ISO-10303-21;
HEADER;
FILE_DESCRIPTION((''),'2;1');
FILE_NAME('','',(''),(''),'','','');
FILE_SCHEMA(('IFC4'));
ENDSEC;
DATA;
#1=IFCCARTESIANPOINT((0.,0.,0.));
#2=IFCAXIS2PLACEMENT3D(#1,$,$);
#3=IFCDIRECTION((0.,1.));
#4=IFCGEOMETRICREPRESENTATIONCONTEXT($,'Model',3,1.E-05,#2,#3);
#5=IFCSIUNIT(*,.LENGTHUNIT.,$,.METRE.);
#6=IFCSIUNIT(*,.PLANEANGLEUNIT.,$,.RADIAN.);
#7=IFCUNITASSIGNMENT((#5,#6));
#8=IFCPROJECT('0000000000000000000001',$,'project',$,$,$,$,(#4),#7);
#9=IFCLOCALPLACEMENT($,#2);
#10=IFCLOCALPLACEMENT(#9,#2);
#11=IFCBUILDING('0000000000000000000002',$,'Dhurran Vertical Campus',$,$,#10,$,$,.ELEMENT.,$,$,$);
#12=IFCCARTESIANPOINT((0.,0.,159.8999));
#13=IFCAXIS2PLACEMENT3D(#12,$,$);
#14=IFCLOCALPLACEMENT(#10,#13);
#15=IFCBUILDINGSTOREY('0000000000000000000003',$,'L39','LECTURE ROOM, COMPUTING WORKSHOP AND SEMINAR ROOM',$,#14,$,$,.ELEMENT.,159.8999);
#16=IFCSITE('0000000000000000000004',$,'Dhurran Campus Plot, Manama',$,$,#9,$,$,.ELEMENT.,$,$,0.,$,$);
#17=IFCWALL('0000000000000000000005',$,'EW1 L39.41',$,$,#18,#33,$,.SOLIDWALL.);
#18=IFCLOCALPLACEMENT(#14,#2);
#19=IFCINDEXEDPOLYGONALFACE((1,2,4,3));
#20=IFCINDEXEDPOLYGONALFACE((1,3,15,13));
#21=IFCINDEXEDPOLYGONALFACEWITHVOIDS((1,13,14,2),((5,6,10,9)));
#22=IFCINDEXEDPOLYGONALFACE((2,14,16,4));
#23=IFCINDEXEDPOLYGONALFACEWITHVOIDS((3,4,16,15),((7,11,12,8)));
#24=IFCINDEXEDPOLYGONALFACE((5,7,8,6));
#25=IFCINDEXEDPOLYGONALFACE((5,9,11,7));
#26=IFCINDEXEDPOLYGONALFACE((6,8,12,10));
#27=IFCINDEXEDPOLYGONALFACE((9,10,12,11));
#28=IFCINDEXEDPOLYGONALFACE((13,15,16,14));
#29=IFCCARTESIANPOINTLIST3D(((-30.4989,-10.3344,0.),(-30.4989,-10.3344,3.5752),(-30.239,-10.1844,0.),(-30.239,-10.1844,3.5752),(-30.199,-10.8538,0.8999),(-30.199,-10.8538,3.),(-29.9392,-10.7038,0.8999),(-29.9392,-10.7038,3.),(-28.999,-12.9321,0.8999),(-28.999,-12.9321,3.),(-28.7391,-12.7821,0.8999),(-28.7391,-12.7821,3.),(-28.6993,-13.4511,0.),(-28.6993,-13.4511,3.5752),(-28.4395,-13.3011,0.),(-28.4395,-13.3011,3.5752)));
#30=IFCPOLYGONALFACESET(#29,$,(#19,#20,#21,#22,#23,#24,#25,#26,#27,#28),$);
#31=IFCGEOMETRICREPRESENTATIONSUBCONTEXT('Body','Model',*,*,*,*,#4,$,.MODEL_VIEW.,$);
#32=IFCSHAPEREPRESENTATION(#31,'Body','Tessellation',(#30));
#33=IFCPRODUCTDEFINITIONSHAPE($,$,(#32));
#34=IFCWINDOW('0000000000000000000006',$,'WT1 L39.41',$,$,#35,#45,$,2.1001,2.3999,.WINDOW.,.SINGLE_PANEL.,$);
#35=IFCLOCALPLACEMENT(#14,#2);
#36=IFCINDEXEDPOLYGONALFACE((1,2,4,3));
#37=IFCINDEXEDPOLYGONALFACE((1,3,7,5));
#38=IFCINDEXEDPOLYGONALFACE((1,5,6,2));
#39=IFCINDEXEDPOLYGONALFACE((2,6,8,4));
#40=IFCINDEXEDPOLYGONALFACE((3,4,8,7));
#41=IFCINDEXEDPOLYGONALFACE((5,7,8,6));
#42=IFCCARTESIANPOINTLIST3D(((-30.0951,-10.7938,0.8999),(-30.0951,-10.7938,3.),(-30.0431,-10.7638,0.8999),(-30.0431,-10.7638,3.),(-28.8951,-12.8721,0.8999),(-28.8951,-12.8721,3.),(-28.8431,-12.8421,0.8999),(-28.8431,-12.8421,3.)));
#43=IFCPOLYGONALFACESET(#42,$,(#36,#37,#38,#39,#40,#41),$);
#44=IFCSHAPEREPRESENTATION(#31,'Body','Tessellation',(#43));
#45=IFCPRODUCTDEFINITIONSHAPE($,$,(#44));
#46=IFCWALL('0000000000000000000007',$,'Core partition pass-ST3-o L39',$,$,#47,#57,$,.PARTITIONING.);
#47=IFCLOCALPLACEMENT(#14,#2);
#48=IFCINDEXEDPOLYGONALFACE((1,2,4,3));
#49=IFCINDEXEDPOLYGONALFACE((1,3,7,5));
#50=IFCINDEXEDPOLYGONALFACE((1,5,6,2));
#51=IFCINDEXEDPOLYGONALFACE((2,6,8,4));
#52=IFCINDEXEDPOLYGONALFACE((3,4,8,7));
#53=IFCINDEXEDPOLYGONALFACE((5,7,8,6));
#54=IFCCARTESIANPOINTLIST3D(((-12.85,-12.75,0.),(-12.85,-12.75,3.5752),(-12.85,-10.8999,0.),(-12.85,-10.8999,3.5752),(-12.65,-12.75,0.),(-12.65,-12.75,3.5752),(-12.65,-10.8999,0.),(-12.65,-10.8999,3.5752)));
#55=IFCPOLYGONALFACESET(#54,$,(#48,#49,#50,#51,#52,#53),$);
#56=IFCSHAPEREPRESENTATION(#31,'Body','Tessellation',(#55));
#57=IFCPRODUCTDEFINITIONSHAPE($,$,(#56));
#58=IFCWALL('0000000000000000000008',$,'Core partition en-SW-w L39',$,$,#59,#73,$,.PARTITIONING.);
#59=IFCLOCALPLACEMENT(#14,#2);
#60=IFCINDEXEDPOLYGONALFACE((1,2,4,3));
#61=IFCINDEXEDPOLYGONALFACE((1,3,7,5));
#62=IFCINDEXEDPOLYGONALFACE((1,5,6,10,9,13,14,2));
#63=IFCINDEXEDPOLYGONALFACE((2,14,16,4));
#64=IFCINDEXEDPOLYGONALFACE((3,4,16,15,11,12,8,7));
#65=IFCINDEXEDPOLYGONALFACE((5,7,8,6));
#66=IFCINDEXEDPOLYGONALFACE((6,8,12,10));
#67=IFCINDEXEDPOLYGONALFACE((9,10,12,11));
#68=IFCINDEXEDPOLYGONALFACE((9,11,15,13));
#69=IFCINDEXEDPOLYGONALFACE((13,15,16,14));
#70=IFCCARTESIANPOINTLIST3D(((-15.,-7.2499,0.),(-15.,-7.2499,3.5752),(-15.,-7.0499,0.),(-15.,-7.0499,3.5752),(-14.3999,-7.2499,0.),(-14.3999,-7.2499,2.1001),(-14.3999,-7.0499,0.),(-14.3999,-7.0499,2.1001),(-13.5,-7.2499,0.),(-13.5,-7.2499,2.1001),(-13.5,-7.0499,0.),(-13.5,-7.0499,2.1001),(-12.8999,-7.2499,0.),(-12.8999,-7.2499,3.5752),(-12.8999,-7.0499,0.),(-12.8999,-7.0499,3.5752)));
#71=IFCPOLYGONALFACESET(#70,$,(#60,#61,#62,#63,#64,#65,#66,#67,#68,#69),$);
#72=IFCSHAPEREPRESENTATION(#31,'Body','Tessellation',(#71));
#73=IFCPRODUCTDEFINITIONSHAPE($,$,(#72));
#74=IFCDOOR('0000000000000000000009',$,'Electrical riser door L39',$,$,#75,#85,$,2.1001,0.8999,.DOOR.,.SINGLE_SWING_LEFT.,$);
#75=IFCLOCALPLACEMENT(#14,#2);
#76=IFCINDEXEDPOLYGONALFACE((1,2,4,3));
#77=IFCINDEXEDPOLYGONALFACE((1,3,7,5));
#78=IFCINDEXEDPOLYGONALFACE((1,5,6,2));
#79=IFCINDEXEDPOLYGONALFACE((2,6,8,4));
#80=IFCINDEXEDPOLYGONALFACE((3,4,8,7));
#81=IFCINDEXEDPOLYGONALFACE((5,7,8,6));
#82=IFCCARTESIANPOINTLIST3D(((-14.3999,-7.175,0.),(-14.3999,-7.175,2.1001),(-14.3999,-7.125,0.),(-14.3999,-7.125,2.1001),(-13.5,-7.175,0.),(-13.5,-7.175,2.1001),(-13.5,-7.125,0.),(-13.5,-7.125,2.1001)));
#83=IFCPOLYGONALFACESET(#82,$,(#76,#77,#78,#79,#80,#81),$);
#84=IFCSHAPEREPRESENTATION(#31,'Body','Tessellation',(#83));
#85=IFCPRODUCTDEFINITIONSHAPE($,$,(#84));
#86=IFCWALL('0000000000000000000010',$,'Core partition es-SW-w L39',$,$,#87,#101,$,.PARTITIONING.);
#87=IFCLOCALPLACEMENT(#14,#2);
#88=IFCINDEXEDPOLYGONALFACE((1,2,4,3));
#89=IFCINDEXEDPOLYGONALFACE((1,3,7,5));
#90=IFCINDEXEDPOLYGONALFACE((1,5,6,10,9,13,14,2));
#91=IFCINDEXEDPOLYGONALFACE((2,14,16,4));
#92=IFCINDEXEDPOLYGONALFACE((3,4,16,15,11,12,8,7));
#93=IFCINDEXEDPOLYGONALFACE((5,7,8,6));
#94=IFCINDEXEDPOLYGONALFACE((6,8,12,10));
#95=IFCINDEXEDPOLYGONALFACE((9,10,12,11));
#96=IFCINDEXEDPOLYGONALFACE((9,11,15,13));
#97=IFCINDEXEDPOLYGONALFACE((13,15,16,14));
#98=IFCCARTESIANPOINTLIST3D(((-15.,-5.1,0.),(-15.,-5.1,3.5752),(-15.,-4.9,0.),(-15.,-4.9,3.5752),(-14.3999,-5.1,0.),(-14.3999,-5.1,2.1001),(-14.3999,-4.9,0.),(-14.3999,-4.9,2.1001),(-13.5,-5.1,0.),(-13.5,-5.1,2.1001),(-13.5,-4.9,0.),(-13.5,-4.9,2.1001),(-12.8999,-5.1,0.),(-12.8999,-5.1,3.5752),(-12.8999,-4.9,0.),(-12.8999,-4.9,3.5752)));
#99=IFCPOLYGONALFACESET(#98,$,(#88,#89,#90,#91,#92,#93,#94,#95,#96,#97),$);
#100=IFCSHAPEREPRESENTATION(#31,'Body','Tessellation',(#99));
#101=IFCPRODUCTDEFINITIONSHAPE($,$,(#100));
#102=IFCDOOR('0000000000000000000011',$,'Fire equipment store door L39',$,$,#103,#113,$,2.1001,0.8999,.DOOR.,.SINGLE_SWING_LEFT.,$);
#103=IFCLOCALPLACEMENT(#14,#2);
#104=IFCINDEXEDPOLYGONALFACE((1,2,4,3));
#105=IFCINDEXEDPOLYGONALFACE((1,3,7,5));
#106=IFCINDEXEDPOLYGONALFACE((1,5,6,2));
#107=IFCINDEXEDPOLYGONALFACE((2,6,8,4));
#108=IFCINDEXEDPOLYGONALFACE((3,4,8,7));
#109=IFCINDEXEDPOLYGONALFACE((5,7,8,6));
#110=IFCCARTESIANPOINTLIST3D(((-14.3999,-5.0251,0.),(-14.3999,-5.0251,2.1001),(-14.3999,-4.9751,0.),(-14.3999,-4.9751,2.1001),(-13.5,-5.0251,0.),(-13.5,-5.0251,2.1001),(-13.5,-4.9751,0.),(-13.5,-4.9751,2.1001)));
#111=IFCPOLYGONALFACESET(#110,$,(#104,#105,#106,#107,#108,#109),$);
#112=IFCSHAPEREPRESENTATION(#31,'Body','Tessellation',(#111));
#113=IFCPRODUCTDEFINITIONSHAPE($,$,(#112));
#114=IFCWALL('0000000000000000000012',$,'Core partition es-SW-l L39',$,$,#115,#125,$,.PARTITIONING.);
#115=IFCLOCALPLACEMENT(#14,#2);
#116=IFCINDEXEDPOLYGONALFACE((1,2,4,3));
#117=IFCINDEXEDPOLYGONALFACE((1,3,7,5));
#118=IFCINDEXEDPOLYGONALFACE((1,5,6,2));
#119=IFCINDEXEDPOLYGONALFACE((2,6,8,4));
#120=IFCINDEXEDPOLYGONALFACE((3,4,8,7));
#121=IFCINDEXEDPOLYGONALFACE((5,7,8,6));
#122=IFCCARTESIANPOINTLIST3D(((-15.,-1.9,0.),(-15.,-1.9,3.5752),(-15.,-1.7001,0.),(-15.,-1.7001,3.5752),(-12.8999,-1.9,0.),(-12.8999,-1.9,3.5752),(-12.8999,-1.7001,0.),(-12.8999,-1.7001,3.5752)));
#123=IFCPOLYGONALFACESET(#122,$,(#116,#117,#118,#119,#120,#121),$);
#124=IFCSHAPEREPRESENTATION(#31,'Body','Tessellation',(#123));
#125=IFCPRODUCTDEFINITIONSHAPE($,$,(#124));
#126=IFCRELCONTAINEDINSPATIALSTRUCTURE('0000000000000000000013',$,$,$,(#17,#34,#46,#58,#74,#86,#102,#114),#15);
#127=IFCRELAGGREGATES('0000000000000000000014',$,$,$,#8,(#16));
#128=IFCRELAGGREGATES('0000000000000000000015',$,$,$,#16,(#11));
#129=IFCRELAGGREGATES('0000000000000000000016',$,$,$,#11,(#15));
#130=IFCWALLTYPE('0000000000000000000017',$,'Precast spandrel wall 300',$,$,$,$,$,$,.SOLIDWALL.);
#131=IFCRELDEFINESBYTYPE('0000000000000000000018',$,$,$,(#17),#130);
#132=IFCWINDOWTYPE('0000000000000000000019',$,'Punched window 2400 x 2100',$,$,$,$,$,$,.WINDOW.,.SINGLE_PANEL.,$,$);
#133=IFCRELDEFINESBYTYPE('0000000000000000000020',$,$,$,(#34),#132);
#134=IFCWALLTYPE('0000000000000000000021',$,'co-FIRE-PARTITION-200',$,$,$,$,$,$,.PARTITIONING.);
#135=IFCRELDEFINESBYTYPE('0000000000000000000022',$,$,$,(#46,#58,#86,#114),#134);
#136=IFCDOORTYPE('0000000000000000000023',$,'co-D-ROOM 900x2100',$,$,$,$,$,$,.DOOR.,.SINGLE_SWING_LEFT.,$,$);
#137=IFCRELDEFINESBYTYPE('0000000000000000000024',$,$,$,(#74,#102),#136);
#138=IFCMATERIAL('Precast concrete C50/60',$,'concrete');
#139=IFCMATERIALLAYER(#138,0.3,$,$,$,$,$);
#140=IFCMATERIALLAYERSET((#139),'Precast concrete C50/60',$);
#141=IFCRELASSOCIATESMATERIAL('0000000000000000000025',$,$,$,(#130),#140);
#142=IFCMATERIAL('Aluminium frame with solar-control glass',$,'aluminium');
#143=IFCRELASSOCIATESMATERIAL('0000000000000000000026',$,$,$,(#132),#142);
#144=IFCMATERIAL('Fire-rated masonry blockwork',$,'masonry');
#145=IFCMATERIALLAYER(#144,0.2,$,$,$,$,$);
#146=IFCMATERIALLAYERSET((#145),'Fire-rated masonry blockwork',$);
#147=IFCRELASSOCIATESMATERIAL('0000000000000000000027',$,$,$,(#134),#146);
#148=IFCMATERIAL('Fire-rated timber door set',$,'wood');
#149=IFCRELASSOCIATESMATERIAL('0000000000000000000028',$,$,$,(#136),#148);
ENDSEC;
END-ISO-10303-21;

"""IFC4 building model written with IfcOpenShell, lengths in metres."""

from ifc_helpers import new_model, si_unit, direction, frame, frame_2d, origin, place, context, subcontext, project, spatial, rectangle, extrude, material, layer, layer_set, type_object, element, fill, save


model = new_model("IFC4")

# Units and contexts
model_context = context("Model", 3, precision=1e-05, world=origin(), true_north=direction((0.0, 1.0)))
body_context = subcontext(model_context, "Body", "Model", "MODEL_VIEW")
ifc_project = project(units=[si_unit("LENGTHUNIT", "METRE"), si_unit("PLANEANGLEUNIT", "RADIAN")], contexts=[model_context])

# Site, building, storey
site_placement = place(None, origin())
site = spatial("IfcSite", under=ifc_project, at=site_placement, Name="Dhurran Campus Plot, Manama", CompositionType="ELEMENT", RefElevation=0.0)
building_placement = place(site_placement, origin())
building = spatial("IfcBuilding", under=site, at=building_placement, Name="Dhurran Vertical Campus", CompositionType="ELEMENT")
storey_placement = place(building_placement, frame((0.0, 0.0, 159.8999)))
storey = spatial("IfcBuildingStorey", under=building, at=storey_placement, Name="L39", Description="LECTURE ROOM, COMPUTING WORKSHOP AND SEMINAR ROOM", CompositionType="ELEMENT", Elevation=159.8999)

# Wall, opening, window
ifc_material_1 = material(Name="Precast concrete C50/60", Category="concrete")
ifc_layer_1 = layer(ifc_material_1, 0.3)
ifc_layer_set_1 = layer_set([ifc_layer_1], Name="Precast concrete C50/60")
wall_type_1 = type_object("IfcWallType", Name="Precast spandrel wall 300", PredefinedType="SOLIDWALL", material=ifc_layer_set_1)
ifc_material_2 = material(Name="Aluminium frame with solar-control glass", Category="aluminium")
window_type = type_object("IfcWindowType", Name="Punched window 2400 x 2100", PartitioningType="SINGLE_PANEL", PredefinedType="WINDOW", material=ifc_material_2)
wall_1_placement = place(storey_placement, frame((-30.3689, -10.2595, 0.0), z_axis=(0.0, 0.0, 1.0), x_axis=(0.500028, -0.866009, 0.0)))
wall_1 = element("IfcWall", 1, at=wall_1_placement, inside=storey, type_object=wall_type_1, Name="EW1 L39.41", PredefinedType="SOLIDWALL", context=body_context, shape_type="SweptSolid", body=[
    extrude(rectangle(XDim=3.5989, YDim=0.3, at=frame_2d((1.7993, 0.0))), origin(), (0.0, 0.0, 1.0), 3.5752),
])
opening_1_placement = place(wall_1_placement, frame((0.5996, 0.0, 0.8999)))
opening_1 = element("IfcOpeningElement", 2, at=opening_1_placement, cuts=wall_1, PredefinedType="OPENING", context=body_context, shape_type="SweptSolid", body=[
    extrude(rectangle(XDim=2.3999, YDim=2.1001, at=frame_2d((1.2, 1.05))), frame((0.0, 0.1599, 0.0), z_axis=(0.0, -1.0, 0.0), x_axis=(1.0, 0.0, 0.0)), (0.0, 0.0, 1.0), 0.3201),
])
window_1_placement = place(opening_1_placement, origin())
window_1 = element("IfcWindow", 3, at=window_1_placement, inside=storey, type_object=window_type, Name="WT1 L39.41", OverallHeight=2.1001, OverallWidth=2.3999, PartitioningType="SINGLE_PANEL", PredefinedType="WINDOW", context=body_context, shape_type="SweptSolid", body=[
    extrude(rectangle(XDim=2.3999, YDim=2.1001, at=frame_2d((1.2, 1.05))), frame((0.0, 0.03, 0.0), z_axis=(0.0, -1.0, 0.0), x_axis=(1.0, 0.0, 0.0)), (0.0, 0.0, 1.0), 0.0601),
])
fill(opening_1, window_1)

# Wall
ifc_material_3 = material(Name="Fire-rated masonry blockwork", Category="masonry")
ifc_layer_2 = layer(ifc_material_3, 0.2)
ifc_layer_set_2 = layer_set([ifc_layer_2], Name="Fire-rated masonry blockwork")
wall_type_2 = type_object("IfcWallType", Name="co-FIRE-PARTITION-200", PredefinedType="PARTITIONING", material=ifc_layer_set_2)
wall_2_placement = place(storey_placement, frame((-12.75, -12.75, 0.0), z_axis=(0.0, 0.0, 1.0), x_axis=(0.0, 1.0, 0.0)))
element("IfcWall", 4, at=wall_2_placement, inside=storey, type_object=wall_type_2, Name="Core partition pass-ST3-o L39", PredefinedType="PARTITIONING", context=body_context, shape_type="SweptSolid", body=[
    extrude(rectangle(XDim=1.8501, YDim=0.2, at=frame_2d((0.925, 0.0))), origin(), (0.0, 0.0, 1.0), 3.5752),
])

# Walls, openings, doors
wall_3_placement = place(storey_placement, frame((-15.0, -7.1499, 0.0), z_axis=(0.0, 0.0, 1.0), x_axis=(1.0, 0.0, 0.0)))
wall_3 = element("IfcWall", 5, at=wall_3_placement, inside=storey, type_object=wall_type_2, Name="Core partition en-SW-w L39", PredefinedType="PARTITIONING", context=body_context, shape_type="SweptSolid", body=[
    extrude(rectangle(XDim=2.1001, YDim=0.2, at=frame_2d((1.05, 0.0))), origin(), (0.0, 0.0, 1.0), 3.5752),
])
opening_2_placement = place(wall_3_placement, frame((0.6001, 0.0, 0.0)))
opening_2 = element("IfcOpeningElement", 6, at=opening_2_placement, cuts=wall_3, PredefinedType="OPENING", context=body_context, shape_type="SweptSolid", body=[
    extrude(rectangle(XDim=0.8999, YDim=2.1001, at=frame_2d((0.45, 1.05))), frame((0.0, 0.1099, 0.0), z_axis=(0.0, -1.0, 0.0), x_axis=(1.0, 0.0, 0.0)), (0.0, 0.0, 1.0), 0.22),
])
ifc_material_4 = material(Name="Fire-rated timber door set", Category="wood")
door_type_1 = type_object("IfcDoorType", Name="co-D-ROOM 900x2100", OperationType="SINGLE_SWING_LEFT", PredefinedType="DOOR", material=ifc_material_4)
door_1_placement = place(opening_2_placement, origin())
door_1 = element("IfcDoor", 7, at=door_1_placement, inside=storey, type_object=door_type_1, Name="Electrical riser door L39", OperationType="SINGLE_SWING_LEFT", OverallHeight=2.1001, OverallWidth=0.8999, PredefinedType="DOOR", context=body_context, shape_type="SweptSolid", body=[
    extrude(rectangle(XDim=0.8999, YDim=2.1001, at=frame_2d((0.45, 1.05))), frame((0.0, 0.0249, 0.0), z_axis=(0.0, -1.0, 0.0), x_axis=(1.0, 0.0, 0.0)), (0.0, 0.0, 1.0), 0.05),
])
fill(opening_2, door_1)
wall_4_placement = place(storey_placement, frame((-15.0, -5.0, 0.0), z_axis=(0.0, 0.0, 1.0), x_axis=(1.0, 0.0, 0.0)))
wall_4 = element("IfcWall", 8, at=wall_4_placement, inside=storey, type_object=wall_type_2, Name="Core partition es-SW-w L39", PredefinedType="PARTITIONING", context=body_context, shape_type="SweptSolid", body=[
    extrude(rectangle(XDim=2.1001, YDim=0.2, at=frame_2d((1.05, 0.0))), origin(), (0.0, 0.0, 1.0), 3.5752),
])
opening_3_placement = place(wall_4_placement, frame((0.6001, 0.0, 0.0)))
opening_3 = element("IfcOpeningElement", 9, at=opening_3_placement, cuts=wall_4, PredefinedType="OPENING", context=body_context, shape_type="SweptSolid", body=[
    extrude(rectangle(XDim=0.8999, YDim=2.1001, at=frame_2d((0.45, 1.05))), frame((0.0, 0.1099, 0.0), z_axis=(0.0, -1.0, 0.0), x_axis=(1.0, 0.0, 0.0)), (0.0, 0.0, 1.0), 0.22),
])
door_2_placement = place(opening_3_placement, origin())
door_2 = element("IfcDoor", 10, at=door_2_placement, inside=storey, type_object=door_type_1, Name="Fire equipment store door L39", OperationType="SINGLE_SWING_LEFT", OverallHeight=2.1001, OverallWidth=0.8999, PredefinedType="DOOR", context=body_context, shape_type="SweptSolid", body=[
    extrude(rectangle(XDim=0.8999, YDim=2.1001, at=frame_2d((0.45, 1.05))), frame((0.0, 0.0249, 0.0), z_axis=(0.0, -1.0, 0.0), x_axis=(1.0, 0.0, 0.0)), (0.0, 0.0, 1.0), 0.05),
])
fill(opening_3, door_2)

# Wall
wall_5_placement = place(storey_placement, frame((-15.0, -1.8, 0.0), z_axis=(0.0, 0.0, 1.0), x_axis=(1.0, 0.0, 0.0)))
element("IfcWall", 11, at=wall_5_placement, inside=storey, type_object=wall_type_2, Name="Core partition es-SW-l L39", PredefinedType="PARTITIONING", context=body_context, shape_type="SweptSolid", body=[
    extrude(rectangle(XDim=2.1001, YDim=0.2, at=frame_2d((1.05, 0.0))), origin(), (0.0, 0.0, 1.0), 3.5752),
])

save(model, "model.ifc")
